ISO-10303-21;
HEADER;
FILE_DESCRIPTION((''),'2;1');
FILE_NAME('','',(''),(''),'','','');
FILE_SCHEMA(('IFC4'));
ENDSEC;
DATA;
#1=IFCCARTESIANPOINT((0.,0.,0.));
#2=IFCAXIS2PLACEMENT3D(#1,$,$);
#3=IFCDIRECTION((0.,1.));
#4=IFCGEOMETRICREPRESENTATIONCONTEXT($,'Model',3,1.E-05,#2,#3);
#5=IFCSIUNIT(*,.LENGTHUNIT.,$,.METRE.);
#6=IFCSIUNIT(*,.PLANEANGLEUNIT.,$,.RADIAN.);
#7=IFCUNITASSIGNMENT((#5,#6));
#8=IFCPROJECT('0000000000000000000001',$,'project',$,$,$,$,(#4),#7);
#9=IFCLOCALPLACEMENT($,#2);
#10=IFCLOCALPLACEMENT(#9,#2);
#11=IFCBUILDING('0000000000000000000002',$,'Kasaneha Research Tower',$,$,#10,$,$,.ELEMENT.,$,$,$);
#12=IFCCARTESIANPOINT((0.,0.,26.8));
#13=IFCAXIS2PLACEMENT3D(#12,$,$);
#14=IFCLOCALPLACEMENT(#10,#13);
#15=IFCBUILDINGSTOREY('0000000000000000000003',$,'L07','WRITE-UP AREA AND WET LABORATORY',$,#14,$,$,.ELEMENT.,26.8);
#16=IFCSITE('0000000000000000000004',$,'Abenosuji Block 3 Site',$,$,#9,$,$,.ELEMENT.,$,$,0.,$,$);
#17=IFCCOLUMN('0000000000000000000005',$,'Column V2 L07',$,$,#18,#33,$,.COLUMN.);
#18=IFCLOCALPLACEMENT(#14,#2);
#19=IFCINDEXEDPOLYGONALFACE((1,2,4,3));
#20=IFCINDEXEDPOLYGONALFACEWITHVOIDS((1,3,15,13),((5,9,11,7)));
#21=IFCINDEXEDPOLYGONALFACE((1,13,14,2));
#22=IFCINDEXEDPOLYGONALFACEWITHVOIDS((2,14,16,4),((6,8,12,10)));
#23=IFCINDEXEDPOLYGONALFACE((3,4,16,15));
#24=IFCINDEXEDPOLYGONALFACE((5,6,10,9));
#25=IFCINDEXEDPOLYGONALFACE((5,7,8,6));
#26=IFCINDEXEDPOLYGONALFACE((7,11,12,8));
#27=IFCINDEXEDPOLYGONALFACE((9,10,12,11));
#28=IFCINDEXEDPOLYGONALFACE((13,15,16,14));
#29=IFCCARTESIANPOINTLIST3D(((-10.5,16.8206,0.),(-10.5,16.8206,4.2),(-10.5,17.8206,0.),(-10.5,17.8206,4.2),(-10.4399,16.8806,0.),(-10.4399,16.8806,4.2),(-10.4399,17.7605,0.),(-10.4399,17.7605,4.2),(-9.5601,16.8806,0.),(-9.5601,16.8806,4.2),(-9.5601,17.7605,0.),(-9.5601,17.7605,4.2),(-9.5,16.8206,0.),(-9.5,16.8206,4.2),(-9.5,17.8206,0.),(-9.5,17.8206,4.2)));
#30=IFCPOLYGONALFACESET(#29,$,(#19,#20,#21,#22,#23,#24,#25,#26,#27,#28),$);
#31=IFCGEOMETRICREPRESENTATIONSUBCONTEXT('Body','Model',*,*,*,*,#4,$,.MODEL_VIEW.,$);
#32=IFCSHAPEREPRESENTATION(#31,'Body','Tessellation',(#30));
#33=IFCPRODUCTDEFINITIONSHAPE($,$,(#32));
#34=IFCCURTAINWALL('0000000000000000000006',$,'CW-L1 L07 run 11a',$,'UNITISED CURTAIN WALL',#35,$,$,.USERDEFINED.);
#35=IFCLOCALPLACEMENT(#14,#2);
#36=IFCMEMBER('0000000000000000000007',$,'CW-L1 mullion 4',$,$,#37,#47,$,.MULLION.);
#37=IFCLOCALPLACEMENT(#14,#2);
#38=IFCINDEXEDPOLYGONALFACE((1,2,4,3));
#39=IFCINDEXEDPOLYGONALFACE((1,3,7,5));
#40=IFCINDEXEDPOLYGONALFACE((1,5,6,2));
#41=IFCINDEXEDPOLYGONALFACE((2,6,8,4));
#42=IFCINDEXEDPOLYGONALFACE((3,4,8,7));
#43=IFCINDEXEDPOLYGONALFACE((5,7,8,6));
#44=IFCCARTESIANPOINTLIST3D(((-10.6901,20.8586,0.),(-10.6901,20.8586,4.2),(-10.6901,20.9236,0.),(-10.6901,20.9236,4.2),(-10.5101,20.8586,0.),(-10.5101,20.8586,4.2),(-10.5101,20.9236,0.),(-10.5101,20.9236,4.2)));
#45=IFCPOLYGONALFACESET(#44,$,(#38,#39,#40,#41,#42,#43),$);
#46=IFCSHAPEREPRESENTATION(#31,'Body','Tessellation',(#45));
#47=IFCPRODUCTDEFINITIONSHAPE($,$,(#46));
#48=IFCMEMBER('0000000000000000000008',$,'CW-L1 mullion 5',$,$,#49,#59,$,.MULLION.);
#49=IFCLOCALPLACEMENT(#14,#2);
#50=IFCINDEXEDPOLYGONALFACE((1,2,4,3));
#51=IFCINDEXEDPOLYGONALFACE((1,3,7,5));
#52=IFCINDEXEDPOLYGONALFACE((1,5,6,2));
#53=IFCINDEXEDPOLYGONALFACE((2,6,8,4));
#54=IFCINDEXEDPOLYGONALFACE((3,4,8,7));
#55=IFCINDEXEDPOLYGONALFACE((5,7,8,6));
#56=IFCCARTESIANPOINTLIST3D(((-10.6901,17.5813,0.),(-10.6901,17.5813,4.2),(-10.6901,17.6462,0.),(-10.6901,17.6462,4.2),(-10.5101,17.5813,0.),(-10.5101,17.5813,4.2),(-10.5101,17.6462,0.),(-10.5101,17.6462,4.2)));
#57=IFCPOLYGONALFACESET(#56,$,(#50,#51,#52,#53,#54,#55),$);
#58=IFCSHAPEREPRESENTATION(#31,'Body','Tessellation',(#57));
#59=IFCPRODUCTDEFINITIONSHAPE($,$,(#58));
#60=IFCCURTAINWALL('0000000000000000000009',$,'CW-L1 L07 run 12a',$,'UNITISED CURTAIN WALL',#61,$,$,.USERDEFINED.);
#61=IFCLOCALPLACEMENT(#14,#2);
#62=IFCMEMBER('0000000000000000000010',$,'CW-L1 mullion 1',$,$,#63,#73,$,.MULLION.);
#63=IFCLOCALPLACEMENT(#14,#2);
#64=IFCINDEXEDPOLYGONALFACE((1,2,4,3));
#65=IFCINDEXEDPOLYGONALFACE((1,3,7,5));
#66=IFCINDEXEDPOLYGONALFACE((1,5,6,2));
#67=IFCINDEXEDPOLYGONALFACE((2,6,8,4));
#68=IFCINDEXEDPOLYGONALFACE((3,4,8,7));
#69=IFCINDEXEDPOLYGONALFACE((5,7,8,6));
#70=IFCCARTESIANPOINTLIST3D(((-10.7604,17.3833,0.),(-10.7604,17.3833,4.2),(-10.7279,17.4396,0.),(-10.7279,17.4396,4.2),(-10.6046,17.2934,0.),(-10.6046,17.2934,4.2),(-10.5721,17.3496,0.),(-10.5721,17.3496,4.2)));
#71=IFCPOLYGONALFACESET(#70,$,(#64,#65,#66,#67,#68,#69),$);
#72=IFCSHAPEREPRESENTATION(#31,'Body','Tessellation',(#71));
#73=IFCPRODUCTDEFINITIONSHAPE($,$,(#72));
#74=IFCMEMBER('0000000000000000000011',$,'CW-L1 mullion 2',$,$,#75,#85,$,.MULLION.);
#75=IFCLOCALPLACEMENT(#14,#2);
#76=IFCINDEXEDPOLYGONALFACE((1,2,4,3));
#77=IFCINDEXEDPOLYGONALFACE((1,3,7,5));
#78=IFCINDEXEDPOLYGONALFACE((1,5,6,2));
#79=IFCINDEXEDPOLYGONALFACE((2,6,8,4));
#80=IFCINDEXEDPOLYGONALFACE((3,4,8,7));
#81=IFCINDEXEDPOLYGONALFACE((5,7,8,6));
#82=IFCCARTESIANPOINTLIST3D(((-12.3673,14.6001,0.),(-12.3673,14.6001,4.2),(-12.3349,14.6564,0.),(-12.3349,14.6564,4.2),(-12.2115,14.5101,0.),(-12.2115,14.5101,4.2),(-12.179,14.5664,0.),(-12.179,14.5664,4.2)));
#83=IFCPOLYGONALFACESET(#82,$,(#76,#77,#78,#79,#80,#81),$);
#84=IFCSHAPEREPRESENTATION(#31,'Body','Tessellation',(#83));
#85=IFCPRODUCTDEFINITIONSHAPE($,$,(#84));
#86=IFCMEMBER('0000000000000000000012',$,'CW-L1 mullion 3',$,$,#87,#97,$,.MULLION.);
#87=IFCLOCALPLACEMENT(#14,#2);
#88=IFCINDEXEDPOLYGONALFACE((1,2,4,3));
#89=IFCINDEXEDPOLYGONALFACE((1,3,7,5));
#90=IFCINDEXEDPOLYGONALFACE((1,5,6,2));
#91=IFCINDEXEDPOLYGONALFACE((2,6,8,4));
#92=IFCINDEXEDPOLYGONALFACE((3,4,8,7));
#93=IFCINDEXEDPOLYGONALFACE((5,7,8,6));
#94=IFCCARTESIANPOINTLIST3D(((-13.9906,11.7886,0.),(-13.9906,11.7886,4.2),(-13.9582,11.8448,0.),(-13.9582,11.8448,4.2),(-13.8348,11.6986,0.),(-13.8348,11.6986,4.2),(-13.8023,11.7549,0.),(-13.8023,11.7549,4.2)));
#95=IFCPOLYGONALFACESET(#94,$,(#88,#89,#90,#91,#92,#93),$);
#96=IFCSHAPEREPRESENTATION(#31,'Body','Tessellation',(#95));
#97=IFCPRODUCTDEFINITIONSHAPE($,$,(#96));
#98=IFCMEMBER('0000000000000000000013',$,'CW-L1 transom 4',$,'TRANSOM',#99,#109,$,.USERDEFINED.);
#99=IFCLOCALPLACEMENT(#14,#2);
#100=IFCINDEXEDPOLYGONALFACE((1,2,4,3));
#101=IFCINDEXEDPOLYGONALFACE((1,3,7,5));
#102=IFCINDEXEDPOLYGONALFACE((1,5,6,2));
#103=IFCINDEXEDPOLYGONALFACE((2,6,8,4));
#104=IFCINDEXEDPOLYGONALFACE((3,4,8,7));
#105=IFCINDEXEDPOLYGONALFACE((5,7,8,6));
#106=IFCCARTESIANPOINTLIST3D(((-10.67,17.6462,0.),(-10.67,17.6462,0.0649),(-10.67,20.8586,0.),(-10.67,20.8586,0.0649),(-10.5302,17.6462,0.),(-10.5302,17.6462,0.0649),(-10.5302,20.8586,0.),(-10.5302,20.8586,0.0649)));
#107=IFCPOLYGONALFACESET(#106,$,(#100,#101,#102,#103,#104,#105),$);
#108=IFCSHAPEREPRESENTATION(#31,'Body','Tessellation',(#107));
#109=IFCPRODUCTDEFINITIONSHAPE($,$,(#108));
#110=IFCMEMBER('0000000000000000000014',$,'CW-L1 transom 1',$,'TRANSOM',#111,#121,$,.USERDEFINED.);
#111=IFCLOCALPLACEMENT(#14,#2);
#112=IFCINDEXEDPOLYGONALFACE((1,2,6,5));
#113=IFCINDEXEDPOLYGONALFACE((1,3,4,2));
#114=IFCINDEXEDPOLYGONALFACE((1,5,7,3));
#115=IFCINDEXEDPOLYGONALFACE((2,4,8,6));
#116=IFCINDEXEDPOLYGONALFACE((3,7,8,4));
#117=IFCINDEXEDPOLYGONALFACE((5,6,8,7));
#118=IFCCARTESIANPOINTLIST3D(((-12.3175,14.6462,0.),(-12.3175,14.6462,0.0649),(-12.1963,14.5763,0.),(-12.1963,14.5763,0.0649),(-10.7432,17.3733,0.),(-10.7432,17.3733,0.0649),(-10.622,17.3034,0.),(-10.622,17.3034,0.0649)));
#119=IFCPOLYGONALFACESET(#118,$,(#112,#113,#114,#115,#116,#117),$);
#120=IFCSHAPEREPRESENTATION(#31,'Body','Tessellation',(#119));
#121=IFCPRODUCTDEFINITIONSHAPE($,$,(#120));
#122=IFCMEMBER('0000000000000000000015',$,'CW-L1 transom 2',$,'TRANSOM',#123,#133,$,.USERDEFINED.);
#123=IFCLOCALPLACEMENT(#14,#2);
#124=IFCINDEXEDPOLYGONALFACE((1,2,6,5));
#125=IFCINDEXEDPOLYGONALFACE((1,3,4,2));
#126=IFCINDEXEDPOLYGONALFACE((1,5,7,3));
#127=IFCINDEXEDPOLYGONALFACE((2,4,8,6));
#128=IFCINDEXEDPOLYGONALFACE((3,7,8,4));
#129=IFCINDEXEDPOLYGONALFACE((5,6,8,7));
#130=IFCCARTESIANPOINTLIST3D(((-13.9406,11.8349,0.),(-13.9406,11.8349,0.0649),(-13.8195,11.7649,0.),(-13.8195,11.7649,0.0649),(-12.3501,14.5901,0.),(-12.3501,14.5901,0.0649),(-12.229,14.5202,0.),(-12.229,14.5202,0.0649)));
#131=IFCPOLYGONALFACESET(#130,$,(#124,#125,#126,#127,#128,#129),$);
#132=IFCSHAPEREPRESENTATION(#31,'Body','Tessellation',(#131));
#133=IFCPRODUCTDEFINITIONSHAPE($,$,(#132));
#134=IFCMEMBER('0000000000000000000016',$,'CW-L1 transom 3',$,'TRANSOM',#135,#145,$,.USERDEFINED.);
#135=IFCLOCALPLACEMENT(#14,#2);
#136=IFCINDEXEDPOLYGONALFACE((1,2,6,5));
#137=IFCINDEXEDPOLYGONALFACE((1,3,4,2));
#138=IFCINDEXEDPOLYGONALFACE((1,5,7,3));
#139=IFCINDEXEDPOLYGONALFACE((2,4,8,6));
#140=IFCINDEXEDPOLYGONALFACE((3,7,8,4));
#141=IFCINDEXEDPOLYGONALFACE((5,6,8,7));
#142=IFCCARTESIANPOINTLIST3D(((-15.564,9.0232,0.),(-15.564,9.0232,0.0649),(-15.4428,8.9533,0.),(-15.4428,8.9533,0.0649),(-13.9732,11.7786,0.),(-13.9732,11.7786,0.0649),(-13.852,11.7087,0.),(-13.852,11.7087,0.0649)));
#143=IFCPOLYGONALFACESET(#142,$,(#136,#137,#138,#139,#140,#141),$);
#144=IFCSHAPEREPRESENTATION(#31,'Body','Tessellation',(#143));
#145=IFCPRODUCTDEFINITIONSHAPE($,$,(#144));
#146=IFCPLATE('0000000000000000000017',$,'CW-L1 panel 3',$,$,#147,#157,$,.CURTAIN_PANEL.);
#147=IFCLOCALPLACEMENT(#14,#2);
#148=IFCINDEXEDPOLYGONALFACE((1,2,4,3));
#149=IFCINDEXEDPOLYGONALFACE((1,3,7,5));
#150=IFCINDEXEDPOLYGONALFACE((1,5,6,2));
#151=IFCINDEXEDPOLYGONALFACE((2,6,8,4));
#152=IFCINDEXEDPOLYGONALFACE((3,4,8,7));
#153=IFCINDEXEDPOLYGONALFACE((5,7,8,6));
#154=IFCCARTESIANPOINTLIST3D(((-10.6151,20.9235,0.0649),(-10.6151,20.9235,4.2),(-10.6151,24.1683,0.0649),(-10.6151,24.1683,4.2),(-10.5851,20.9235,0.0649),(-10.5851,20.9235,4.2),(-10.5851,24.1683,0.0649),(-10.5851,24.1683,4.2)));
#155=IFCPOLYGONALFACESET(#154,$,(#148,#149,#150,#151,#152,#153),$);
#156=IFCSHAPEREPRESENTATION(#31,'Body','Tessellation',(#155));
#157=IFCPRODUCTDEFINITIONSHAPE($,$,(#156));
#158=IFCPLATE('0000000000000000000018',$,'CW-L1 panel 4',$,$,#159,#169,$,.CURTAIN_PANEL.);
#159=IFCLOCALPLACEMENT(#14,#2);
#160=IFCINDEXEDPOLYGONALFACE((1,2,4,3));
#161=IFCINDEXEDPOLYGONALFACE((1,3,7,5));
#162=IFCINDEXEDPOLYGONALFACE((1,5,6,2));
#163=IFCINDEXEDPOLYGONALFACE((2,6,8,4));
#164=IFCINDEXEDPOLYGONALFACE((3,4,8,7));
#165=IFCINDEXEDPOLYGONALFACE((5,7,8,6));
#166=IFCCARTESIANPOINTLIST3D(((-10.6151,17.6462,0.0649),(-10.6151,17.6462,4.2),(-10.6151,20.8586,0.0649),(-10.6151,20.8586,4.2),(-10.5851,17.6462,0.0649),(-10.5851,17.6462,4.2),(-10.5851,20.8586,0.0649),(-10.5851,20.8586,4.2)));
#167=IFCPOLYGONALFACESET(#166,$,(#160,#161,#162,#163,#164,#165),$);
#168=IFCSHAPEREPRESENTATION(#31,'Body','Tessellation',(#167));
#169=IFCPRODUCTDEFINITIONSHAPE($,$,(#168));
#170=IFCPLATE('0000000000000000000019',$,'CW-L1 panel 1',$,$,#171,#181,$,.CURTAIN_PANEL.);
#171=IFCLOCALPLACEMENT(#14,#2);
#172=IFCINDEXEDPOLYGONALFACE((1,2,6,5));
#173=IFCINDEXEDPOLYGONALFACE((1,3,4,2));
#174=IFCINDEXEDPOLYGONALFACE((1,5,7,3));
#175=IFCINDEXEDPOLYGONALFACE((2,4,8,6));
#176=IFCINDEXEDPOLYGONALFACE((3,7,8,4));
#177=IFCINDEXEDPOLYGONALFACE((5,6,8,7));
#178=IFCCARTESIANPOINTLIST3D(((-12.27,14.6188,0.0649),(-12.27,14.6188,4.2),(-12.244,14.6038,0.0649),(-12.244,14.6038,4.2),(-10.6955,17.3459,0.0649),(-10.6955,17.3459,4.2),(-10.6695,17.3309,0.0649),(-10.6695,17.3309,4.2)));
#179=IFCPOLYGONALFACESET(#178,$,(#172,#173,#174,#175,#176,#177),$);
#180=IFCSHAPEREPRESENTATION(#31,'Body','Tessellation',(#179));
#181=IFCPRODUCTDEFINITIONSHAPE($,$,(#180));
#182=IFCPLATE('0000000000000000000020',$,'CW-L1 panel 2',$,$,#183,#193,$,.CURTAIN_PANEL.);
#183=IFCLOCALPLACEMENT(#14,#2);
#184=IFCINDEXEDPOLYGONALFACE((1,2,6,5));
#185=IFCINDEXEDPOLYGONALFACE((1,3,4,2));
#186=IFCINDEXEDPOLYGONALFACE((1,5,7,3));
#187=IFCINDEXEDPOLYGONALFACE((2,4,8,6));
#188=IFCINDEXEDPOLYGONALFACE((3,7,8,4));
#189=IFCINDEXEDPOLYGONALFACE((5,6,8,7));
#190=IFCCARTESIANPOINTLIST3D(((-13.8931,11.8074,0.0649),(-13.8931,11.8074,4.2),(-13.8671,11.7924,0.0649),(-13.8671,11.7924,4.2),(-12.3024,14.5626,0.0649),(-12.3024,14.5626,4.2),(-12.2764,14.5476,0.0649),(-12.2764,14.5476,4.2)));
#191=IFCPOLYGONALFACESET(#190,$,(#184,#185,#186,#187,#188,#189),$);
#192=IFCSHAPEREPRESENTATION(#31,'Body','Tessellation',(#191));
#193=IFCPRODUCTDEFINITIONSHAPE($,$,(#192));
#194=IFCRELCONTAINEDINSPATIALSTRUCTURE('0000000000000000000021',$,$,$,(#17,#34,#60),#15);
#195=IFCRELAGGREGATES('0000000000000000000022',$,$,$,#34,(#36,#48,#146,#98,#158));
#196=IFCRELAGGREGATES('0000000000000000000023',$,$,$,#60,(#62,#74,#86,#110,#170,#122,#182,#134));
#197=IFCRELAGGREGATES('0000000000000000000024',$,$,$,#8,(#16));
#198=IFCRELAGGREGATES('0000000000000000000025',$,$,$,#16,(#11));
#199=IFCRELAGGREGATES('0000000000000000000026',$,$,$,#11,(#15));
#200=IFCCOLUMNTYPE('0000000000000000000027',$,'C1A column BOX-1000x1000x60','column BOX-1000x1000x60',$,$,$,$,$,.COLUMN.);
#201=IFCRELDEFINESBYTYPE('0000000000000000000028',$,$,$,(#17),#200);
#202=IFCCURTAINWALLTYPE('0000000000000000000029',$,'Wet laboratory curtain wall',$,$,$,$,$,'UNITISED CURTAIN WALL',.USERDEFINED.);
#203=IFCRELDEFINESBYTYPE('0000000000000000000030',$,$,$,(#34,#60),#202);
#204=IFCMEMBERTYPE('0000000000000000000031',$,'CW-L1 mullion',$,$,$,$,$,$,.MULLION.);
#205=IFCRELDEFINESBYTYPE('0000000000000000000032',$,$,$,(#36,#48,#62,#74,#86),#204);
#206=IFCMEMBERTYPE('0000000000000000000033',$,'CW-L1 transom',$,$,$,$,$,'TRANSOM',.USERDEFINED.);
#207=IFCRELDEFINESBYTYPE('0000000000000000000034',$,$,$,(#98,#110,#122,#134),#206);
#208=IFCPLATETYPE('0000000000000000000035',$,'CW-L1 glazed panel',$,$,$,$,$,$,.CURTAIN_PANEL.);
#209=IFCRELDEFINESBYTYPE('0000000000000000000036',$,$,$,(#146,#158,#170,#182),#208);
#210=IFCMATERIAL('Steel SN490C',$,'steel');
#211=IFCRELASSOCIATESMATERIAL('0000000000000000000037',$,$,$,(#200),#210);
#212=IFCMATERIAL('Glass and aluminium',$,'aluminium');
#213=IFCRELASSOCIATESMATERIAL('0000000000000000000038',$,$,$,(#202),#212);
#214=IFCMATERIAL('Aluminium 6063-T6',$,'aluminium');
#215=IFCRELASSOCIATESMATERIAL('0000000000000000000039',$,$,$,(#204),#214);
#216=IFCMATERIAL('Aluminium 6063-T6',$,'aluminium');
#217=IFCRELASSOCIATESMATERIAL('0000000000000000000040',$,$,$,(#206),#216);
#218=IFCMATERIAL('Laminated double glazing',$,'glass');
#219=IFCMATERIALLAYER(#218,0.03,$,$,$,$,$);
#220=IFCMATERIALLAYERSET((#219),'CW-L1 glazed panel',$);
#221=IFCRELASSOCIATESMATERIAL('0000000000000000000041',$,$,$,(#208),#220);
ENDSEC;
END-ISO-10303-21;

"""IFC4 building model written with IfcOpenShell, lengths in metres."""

from ifc_helpers import new_model, si_unit, direction, frame, origin, origin_2d, place, context, subcontext, project, spatial, rectangle, hollow_rectangle, extrude, material, layer, layer_set, material_profile, profile_set, type_object, element, aggregate, save


model = new_model("IFC4")

# Units and contexts
model_context = context("Model", 3, precision=1e-05, world=origin(), true_north=direction((0.0, 1.0)))
body_context = subcontext(model_context, "Body", "Model", "MODEL_VIEW")
ifc_project = project(units=[si_unit("LENGTHUNIT", "METRE"), si_unit("PLANEANGLEUNIT", "RADIAN")], contexts=[model_context])

# Site, building, storey
site_placement = place(None, origin())
site = spatial("IfcSite", under=ifc_project, at=site_placement, Name="Abenosuji Block 3 Site", CompositionType="ELEMENT", RefElevation=0.0)
building_placement = place(site_placement, origin())
building = spatial("IfcBuilding", under=site, at=building_placement, Name="Kasaneha Research Tower", CompositionType="ELEMENT")
storey_placement = place(building_placement, frame((0.0, 0.0, 26.8)))
storey = spatial("IfcBuildingStorey", under=building, at=storey_placement, Name="L07", Description="WRITE-UP AREA AND WET LABORATORY", CompositionType="ELEMENT", Elevation=26.8)

# Column
ifc_material_1 = material(Name="Steel SN490C", Category="steel")
ifc_material_profile_1 = material_profile(ifc_material_1, hollow_rectangle(XDim=1.0, YDim=1.0, WallThickness=0.0601, at=origin_2d()), Name="BOX-1000x1000x60")
ifc_profile_set_1 = profile_set([ifc_material_profile_1], Name="Steel SN490C")
column_type = type_object("IfcColumnType", Name="C1A column BOX-1000x1000x60", Description="column BOX-1000x1000x60", PredefinedType="COLUMN", material=ifc_profile_set_1)
column_placement = place(storey_placement, frame((-10.0, 17.3206, 0.0), z_axis=(0.0, 0.0, 1.0), x_axis=(1.0, 0.0, 0.0)))
element("IfcColumn", 1, at=column_placement, inside=storey, type_object=column_type, Name="Column V2 L07", PredefinedType="COLUMN", context=body_context, shape_type="SweptSolid", body=[
    extrude(hollow_rectangle(XDim=1.0, YDim=1.0, WallThickness=0.0601, at=origin_2d()), origin(), (0.0, 0.0, 1.0), 4.2),
])

# Curtain walls, members
ifc_material_2 = material(Name="Glass and aluminium", Category="aluminium")
curtain_wall_type = type_object("IfcCurtainWallType", Name="Wet laboratory curtain wall", ElementType="UNITISED CURTAIN WALL", PredefinedType="USERDEFINED", material=ifc_material_2)
curtain_wall_1_placement = place(storey_placement, origin())
curtain_wall_1 = element("IfcCurtainWall", 2, at=curtain_wall_1_placement, inside=storey, type_object=curtain_wall_type, Name="CW-L1 L07 run 11a", ObjectType="UNITISED CURTAIN WALL", PredefinedType="USERDEFINED")
ifc_material_3 = material(Name="Aluminium 6063-T6", Category="aluminium")
ifc_material_profile_2 = material_profile(ifc_material_3, rectangle(XDim=0.0649, YDim=0.1799, at=origin_2d()), Name="CW-L1 mullion 65x180")
ifc_profile_set_2 = profile_set([ifc_material_profile_2], Name="Aluminium 6063-T6")
member_type_1 = type_object("IfcMemberType", Name="CW-L1 mullion", PredefinedType="MULLION", material=ifc_profile_set_2)
member_1_placement = place(storey_placement, frame((-10.6001, 20.8911, 0.0), z_axis=(0.0, 0.0, 1.0), x_axis=(0.0, -1.0, 0.0)))
member_1 = element("IfcMember", 3, at=member_1_placement, type_object=member_type_1, Name="CW-L1 mullion 4", PredefinedType="MULLION", context=body_context, shape_type="SweptSolid", body=[
    extrude(rectangle(XDim=0.0649, YDim=0.1799, at=origin_2d()), origin(), (0.0, 0.0, 1.0), 4.2),
])
member_2_placement = place(storey_placement, frame((-10.6001, 17.6138, 0.0), z_axis=(0.0, 0.0, 1.0), x_axis=(0.0, -1.0, 0.0)))
member_2 = element("IfcMember", 4, at=member_2_placement, type_object=member_type_1, Name="CW-L1 mullion 5", PredefinedType="MULLION", context=body_context, shape_type="SweptSolid", body=[
    extrude(rectangle(XDim=0.0649, YDim=0.1799, at=origin_2d()), origin(), (0.0, 0.0, 1.0), 4.2),
])
curtain_wall_2_placement = place(storey_placement, origin())
curtain_wall_2 = element("IfcCurtainWall", 5, at=curtain_wall_2_placement, inside=storey, type_object=curtain_wall_type, Name="CW-L1 L07 run 12a", ObjectType="UNITISED CURTAIN WALL", PredefinedType="USERDEFINED")
member_3_placement = place(storey_placement, frame((-10.6663, 17.3665, 0.0), z_axis=(0.0, 0.0, 1.0), x_axis=(-0.5, -0.866025, 0.0)))
member_3 = element("IfcMember", 6, at=member_3_placement, type_object=member_type_1, Name="CW-L1 mullion 1", PredefinedType="MULLION", context=body_context, shape_type="SweptSolid", body=[
    extrude(rectangle(XDim=0.0649, YDim=0.1799, at=origin_2d()), origin(), (0.0, 0.0, 1.0), 4.2),
])
member_4_placement = place(storey_placement, frame((-12.2732, 14.5833, 0.0), z_axis=(0.0, 0.0, 1.0), x_axis=(-0.5, -0.866025, 0.0)))
member_4 = element("IfcMember", 7, at=member_4_placement, type_object=member_type_1, Name="CW-L1 mullion 2", PredefinedType="MULLION", context=body_context, shape_type="SweptSolid", body=[
    extrude(rectangle(XDim=0.0649, YDim=0.1799, at=origin_2d()), origin(), (0.0, 0.0, 1.0), 4.2),
])
member_5_placement = place(storey_placement, frame((-13.8965, 11.7717, 0.0), z_axis=(0.0, 0.0, 1.0), x_axis=(-0.5, -0.866025, 0.0)))
member_5 = element("IfcMember", 8, at=member_5_placement, type_object=member_type_1, Name="CW-L1 mullion 3", PredefinedType="MULLION", context=body_context, shape_type="SweptSolid", body=[
    extrude(rectangle(XDim=0.0649, YDim=0.1799, at=origin_2d()), origin(), (0.0, 0.0, 1.0), 4.2),
])

# Members
ifc_material_4 = material(Name="Aluminium 6063-T6", Category="aluminium")
ifc_material_profile_3 = material_profile(ifc_material_4, rectangle(XDim=0.1399, YDim=0.0649, at=origin_2d()), Name="CW-L1 transom 140x65")
ifc_profile_set_3 = profile_set([ifc_material_profile_3], Name="Aluminium 6063-T6")
member_type_2 = type_object("IfcMemberType", Name="CW-L1 transom", ElementType="TRANSOM", PredefinedType="USERDEFINED", material=ifc_profile_set_3)
member_6_placement = place(storey_placement, frame((-10.6001, 20.8586, 0.0325), z_axis=(0.0, -1.0, 0.0), x_axis=(1.0, 0.0, 0.0)))
member_6 = element("IfcMember", 9, at=member_6_placement, type_object=member_type_2, Name="CW-L1 transom 4", ObjectType="TRANSOM", PredefinedType="USERDEFINED", context=body_context, shape_type="SweptSolid", body=[
    extrude(rectangle(XDim=0.1399, YDim=0.0649, at=origin_2d()), origin(), (0.0, 0.0, 1.0), 3.2124),
])
member_7_placement = place(storey_placement, frame((-10.6826, 17.3384, 0.0325), z_axis=(-0.499942, -0.866059, 0.0), x_axis=(0.866059, -0.499942, 0.0)))
member_7 = element("IfcMember", 10, at=member_7_placement, type_object=member_type_2, Name="CW-L1 transom 1", ObjectType="TRANSOM", PredefinedType="USERDEFINED", context=body_context, shape_type="SweptSolid", body=[
    extrude(rectangle(XDim=0.1399, YDim=0.0649, at=origin_2d()), origin(), (0.0, 0.0, 1.0), 3.1489),
])
member_8_placement = place(storey_placement, frame((-12.2896, 14.5552, 0.0325), z_axis=(-0.499944, -0.866058, 0.0), x_axis=(0.866058, -0.499944, 0.0)))
member_8 = element("IfcMember", 11, at=member_8_placement, type_object=member_type_2, Name="CW-L1 transom 2", ObjectType="TRANSOM", PredefinedType="USERDEFINED", context=body_context, shape_type="SweptSolid", body=[
    extrude(rectangle(XDim=0.1399, YDim=0.0649, at=origin_2d()), origin(), (0.0, 0.0, 1.0), 3.1814),
])
member_9_placement = place(storey_placement, frame((-13.9126, 11.7437, 0.0325), z_axis=(-0.500001, -0.866025, 0.0), x_axis=(0.866025, -0.500001, 0.0)))
member_9 = element("IfcMember", 12, at=member_9_placement, type_object=member_type_2, Name="CW-L1 transom 3", ObjectType="TRANSOM", PredefinedType="USERDEFINED", context=body_context, shape_type="SweptSolid", body=[
    extrude(rectangle(XDim=0.1399, YDim=0.0649, at=origin_2d()), origin(), (0.0, 0.0, 1.0), 3.1816),
])

# Plates
ifc_material_5 = material(Name="Laminated double glazing", Category="glass")
ifc_layer = layer(ifc_material_5, 0.03)
ifc_layer_set = layer_set([ifc_layer], Name="CW-L1 glazed panel")
plate_type = type_object("IfcPlateType", Name="CW-L1 glazed panel", PredefinedType="CURTAIN_PANEL", material=ifc_layer_set)
plate_1_placement = place(storey_placement, frame((-10.6001, 22.5459, 0.0649), z_axis=(0.0, 0.0, 1.0), x_axis=(0.0, -1.0, 0.0)))
plate_1 = element("IfcPlate", 13, at=plate_1_placement, type_object=plate_type, Name="CW-L1 panel 3", PredefinedType="CURTAIN_PANEL", context=body_context, shape_type="SweptSolid", body=[
    extrude(rectangle(XDim=3.2449, YDim=0.03, at=origin_2d()), origin(), (0.0, 0.0, 1.0), 4.135),
])
plate_2_placement = place(storey_placement, frame((-10.6001, 19.2524, 0.0649), z_axis=(0.0, 0.0, 1.0), x_axis=(0.0, -1.0, 0.0)))
plate_2 = element("IfcPlate", 14, at=plate_2_placement, type_object=plate_type, Name="CW-L1 panel 4", PredefinedType="CURTAIN_PANEL", context=body_context, shape_type="SweptSolid", body=[
    extrude(rectangle(XDim=3.2124, YDim=0.03, at=origin_2d()), origin(), (0.0, 0.0, 1.0), 4.135),
])
aggregate(curtain_wall_1, [member_1, member_2, plate_1, member_6, plate_2])
plate_3_placement = place(storey_placement, frame((-11.4697, 15.9749, 0.0649), z_axis=(0.0, 0.0, 1.0), x_axis=(-0.5, -0.866025, 0.0)))
plate_3 = element("IfcPlate", 15, at=plate_3_placement, type_object=plate_type, Name="CW-L1 panel 1", PredefinedType="CURTAIN_PANEL", context=body_context, shape_type="SweptSolid", body=[
    extrude(rectangle(XDim=3.1489, YDim=0.03, at=origin_2d()), origin(), (0.0, 0.0, 1.0), 4.135),
])
plate_4_placement = place(storey_placement, frame((-13.0847, 13.1775, 0.0649), z_axis=(0.0, 0.0, 1.0), x_axis=(-0.5, -0.866025, 0.0)))
plate_4 = element("IfcPlate", 16, at=plate_4_placement, type_object=plate_type, Name="CW-L1 panel 2", PredefinedType="CURTAIN_PANEL", context=body_context, shape_type="SweptSolid", body=[
    extrude(rectangle(XDim=3.1814, YDim=0.03, at=origin_2d()), origin(), (0.0, 0.0, 1.0), 4.135),
])
aggregate(curtain_wall_2, [member_3, member_4, member_5, member_7, plate_3, member_8, plate_4, member_9])

save(model, "model.ifc")
